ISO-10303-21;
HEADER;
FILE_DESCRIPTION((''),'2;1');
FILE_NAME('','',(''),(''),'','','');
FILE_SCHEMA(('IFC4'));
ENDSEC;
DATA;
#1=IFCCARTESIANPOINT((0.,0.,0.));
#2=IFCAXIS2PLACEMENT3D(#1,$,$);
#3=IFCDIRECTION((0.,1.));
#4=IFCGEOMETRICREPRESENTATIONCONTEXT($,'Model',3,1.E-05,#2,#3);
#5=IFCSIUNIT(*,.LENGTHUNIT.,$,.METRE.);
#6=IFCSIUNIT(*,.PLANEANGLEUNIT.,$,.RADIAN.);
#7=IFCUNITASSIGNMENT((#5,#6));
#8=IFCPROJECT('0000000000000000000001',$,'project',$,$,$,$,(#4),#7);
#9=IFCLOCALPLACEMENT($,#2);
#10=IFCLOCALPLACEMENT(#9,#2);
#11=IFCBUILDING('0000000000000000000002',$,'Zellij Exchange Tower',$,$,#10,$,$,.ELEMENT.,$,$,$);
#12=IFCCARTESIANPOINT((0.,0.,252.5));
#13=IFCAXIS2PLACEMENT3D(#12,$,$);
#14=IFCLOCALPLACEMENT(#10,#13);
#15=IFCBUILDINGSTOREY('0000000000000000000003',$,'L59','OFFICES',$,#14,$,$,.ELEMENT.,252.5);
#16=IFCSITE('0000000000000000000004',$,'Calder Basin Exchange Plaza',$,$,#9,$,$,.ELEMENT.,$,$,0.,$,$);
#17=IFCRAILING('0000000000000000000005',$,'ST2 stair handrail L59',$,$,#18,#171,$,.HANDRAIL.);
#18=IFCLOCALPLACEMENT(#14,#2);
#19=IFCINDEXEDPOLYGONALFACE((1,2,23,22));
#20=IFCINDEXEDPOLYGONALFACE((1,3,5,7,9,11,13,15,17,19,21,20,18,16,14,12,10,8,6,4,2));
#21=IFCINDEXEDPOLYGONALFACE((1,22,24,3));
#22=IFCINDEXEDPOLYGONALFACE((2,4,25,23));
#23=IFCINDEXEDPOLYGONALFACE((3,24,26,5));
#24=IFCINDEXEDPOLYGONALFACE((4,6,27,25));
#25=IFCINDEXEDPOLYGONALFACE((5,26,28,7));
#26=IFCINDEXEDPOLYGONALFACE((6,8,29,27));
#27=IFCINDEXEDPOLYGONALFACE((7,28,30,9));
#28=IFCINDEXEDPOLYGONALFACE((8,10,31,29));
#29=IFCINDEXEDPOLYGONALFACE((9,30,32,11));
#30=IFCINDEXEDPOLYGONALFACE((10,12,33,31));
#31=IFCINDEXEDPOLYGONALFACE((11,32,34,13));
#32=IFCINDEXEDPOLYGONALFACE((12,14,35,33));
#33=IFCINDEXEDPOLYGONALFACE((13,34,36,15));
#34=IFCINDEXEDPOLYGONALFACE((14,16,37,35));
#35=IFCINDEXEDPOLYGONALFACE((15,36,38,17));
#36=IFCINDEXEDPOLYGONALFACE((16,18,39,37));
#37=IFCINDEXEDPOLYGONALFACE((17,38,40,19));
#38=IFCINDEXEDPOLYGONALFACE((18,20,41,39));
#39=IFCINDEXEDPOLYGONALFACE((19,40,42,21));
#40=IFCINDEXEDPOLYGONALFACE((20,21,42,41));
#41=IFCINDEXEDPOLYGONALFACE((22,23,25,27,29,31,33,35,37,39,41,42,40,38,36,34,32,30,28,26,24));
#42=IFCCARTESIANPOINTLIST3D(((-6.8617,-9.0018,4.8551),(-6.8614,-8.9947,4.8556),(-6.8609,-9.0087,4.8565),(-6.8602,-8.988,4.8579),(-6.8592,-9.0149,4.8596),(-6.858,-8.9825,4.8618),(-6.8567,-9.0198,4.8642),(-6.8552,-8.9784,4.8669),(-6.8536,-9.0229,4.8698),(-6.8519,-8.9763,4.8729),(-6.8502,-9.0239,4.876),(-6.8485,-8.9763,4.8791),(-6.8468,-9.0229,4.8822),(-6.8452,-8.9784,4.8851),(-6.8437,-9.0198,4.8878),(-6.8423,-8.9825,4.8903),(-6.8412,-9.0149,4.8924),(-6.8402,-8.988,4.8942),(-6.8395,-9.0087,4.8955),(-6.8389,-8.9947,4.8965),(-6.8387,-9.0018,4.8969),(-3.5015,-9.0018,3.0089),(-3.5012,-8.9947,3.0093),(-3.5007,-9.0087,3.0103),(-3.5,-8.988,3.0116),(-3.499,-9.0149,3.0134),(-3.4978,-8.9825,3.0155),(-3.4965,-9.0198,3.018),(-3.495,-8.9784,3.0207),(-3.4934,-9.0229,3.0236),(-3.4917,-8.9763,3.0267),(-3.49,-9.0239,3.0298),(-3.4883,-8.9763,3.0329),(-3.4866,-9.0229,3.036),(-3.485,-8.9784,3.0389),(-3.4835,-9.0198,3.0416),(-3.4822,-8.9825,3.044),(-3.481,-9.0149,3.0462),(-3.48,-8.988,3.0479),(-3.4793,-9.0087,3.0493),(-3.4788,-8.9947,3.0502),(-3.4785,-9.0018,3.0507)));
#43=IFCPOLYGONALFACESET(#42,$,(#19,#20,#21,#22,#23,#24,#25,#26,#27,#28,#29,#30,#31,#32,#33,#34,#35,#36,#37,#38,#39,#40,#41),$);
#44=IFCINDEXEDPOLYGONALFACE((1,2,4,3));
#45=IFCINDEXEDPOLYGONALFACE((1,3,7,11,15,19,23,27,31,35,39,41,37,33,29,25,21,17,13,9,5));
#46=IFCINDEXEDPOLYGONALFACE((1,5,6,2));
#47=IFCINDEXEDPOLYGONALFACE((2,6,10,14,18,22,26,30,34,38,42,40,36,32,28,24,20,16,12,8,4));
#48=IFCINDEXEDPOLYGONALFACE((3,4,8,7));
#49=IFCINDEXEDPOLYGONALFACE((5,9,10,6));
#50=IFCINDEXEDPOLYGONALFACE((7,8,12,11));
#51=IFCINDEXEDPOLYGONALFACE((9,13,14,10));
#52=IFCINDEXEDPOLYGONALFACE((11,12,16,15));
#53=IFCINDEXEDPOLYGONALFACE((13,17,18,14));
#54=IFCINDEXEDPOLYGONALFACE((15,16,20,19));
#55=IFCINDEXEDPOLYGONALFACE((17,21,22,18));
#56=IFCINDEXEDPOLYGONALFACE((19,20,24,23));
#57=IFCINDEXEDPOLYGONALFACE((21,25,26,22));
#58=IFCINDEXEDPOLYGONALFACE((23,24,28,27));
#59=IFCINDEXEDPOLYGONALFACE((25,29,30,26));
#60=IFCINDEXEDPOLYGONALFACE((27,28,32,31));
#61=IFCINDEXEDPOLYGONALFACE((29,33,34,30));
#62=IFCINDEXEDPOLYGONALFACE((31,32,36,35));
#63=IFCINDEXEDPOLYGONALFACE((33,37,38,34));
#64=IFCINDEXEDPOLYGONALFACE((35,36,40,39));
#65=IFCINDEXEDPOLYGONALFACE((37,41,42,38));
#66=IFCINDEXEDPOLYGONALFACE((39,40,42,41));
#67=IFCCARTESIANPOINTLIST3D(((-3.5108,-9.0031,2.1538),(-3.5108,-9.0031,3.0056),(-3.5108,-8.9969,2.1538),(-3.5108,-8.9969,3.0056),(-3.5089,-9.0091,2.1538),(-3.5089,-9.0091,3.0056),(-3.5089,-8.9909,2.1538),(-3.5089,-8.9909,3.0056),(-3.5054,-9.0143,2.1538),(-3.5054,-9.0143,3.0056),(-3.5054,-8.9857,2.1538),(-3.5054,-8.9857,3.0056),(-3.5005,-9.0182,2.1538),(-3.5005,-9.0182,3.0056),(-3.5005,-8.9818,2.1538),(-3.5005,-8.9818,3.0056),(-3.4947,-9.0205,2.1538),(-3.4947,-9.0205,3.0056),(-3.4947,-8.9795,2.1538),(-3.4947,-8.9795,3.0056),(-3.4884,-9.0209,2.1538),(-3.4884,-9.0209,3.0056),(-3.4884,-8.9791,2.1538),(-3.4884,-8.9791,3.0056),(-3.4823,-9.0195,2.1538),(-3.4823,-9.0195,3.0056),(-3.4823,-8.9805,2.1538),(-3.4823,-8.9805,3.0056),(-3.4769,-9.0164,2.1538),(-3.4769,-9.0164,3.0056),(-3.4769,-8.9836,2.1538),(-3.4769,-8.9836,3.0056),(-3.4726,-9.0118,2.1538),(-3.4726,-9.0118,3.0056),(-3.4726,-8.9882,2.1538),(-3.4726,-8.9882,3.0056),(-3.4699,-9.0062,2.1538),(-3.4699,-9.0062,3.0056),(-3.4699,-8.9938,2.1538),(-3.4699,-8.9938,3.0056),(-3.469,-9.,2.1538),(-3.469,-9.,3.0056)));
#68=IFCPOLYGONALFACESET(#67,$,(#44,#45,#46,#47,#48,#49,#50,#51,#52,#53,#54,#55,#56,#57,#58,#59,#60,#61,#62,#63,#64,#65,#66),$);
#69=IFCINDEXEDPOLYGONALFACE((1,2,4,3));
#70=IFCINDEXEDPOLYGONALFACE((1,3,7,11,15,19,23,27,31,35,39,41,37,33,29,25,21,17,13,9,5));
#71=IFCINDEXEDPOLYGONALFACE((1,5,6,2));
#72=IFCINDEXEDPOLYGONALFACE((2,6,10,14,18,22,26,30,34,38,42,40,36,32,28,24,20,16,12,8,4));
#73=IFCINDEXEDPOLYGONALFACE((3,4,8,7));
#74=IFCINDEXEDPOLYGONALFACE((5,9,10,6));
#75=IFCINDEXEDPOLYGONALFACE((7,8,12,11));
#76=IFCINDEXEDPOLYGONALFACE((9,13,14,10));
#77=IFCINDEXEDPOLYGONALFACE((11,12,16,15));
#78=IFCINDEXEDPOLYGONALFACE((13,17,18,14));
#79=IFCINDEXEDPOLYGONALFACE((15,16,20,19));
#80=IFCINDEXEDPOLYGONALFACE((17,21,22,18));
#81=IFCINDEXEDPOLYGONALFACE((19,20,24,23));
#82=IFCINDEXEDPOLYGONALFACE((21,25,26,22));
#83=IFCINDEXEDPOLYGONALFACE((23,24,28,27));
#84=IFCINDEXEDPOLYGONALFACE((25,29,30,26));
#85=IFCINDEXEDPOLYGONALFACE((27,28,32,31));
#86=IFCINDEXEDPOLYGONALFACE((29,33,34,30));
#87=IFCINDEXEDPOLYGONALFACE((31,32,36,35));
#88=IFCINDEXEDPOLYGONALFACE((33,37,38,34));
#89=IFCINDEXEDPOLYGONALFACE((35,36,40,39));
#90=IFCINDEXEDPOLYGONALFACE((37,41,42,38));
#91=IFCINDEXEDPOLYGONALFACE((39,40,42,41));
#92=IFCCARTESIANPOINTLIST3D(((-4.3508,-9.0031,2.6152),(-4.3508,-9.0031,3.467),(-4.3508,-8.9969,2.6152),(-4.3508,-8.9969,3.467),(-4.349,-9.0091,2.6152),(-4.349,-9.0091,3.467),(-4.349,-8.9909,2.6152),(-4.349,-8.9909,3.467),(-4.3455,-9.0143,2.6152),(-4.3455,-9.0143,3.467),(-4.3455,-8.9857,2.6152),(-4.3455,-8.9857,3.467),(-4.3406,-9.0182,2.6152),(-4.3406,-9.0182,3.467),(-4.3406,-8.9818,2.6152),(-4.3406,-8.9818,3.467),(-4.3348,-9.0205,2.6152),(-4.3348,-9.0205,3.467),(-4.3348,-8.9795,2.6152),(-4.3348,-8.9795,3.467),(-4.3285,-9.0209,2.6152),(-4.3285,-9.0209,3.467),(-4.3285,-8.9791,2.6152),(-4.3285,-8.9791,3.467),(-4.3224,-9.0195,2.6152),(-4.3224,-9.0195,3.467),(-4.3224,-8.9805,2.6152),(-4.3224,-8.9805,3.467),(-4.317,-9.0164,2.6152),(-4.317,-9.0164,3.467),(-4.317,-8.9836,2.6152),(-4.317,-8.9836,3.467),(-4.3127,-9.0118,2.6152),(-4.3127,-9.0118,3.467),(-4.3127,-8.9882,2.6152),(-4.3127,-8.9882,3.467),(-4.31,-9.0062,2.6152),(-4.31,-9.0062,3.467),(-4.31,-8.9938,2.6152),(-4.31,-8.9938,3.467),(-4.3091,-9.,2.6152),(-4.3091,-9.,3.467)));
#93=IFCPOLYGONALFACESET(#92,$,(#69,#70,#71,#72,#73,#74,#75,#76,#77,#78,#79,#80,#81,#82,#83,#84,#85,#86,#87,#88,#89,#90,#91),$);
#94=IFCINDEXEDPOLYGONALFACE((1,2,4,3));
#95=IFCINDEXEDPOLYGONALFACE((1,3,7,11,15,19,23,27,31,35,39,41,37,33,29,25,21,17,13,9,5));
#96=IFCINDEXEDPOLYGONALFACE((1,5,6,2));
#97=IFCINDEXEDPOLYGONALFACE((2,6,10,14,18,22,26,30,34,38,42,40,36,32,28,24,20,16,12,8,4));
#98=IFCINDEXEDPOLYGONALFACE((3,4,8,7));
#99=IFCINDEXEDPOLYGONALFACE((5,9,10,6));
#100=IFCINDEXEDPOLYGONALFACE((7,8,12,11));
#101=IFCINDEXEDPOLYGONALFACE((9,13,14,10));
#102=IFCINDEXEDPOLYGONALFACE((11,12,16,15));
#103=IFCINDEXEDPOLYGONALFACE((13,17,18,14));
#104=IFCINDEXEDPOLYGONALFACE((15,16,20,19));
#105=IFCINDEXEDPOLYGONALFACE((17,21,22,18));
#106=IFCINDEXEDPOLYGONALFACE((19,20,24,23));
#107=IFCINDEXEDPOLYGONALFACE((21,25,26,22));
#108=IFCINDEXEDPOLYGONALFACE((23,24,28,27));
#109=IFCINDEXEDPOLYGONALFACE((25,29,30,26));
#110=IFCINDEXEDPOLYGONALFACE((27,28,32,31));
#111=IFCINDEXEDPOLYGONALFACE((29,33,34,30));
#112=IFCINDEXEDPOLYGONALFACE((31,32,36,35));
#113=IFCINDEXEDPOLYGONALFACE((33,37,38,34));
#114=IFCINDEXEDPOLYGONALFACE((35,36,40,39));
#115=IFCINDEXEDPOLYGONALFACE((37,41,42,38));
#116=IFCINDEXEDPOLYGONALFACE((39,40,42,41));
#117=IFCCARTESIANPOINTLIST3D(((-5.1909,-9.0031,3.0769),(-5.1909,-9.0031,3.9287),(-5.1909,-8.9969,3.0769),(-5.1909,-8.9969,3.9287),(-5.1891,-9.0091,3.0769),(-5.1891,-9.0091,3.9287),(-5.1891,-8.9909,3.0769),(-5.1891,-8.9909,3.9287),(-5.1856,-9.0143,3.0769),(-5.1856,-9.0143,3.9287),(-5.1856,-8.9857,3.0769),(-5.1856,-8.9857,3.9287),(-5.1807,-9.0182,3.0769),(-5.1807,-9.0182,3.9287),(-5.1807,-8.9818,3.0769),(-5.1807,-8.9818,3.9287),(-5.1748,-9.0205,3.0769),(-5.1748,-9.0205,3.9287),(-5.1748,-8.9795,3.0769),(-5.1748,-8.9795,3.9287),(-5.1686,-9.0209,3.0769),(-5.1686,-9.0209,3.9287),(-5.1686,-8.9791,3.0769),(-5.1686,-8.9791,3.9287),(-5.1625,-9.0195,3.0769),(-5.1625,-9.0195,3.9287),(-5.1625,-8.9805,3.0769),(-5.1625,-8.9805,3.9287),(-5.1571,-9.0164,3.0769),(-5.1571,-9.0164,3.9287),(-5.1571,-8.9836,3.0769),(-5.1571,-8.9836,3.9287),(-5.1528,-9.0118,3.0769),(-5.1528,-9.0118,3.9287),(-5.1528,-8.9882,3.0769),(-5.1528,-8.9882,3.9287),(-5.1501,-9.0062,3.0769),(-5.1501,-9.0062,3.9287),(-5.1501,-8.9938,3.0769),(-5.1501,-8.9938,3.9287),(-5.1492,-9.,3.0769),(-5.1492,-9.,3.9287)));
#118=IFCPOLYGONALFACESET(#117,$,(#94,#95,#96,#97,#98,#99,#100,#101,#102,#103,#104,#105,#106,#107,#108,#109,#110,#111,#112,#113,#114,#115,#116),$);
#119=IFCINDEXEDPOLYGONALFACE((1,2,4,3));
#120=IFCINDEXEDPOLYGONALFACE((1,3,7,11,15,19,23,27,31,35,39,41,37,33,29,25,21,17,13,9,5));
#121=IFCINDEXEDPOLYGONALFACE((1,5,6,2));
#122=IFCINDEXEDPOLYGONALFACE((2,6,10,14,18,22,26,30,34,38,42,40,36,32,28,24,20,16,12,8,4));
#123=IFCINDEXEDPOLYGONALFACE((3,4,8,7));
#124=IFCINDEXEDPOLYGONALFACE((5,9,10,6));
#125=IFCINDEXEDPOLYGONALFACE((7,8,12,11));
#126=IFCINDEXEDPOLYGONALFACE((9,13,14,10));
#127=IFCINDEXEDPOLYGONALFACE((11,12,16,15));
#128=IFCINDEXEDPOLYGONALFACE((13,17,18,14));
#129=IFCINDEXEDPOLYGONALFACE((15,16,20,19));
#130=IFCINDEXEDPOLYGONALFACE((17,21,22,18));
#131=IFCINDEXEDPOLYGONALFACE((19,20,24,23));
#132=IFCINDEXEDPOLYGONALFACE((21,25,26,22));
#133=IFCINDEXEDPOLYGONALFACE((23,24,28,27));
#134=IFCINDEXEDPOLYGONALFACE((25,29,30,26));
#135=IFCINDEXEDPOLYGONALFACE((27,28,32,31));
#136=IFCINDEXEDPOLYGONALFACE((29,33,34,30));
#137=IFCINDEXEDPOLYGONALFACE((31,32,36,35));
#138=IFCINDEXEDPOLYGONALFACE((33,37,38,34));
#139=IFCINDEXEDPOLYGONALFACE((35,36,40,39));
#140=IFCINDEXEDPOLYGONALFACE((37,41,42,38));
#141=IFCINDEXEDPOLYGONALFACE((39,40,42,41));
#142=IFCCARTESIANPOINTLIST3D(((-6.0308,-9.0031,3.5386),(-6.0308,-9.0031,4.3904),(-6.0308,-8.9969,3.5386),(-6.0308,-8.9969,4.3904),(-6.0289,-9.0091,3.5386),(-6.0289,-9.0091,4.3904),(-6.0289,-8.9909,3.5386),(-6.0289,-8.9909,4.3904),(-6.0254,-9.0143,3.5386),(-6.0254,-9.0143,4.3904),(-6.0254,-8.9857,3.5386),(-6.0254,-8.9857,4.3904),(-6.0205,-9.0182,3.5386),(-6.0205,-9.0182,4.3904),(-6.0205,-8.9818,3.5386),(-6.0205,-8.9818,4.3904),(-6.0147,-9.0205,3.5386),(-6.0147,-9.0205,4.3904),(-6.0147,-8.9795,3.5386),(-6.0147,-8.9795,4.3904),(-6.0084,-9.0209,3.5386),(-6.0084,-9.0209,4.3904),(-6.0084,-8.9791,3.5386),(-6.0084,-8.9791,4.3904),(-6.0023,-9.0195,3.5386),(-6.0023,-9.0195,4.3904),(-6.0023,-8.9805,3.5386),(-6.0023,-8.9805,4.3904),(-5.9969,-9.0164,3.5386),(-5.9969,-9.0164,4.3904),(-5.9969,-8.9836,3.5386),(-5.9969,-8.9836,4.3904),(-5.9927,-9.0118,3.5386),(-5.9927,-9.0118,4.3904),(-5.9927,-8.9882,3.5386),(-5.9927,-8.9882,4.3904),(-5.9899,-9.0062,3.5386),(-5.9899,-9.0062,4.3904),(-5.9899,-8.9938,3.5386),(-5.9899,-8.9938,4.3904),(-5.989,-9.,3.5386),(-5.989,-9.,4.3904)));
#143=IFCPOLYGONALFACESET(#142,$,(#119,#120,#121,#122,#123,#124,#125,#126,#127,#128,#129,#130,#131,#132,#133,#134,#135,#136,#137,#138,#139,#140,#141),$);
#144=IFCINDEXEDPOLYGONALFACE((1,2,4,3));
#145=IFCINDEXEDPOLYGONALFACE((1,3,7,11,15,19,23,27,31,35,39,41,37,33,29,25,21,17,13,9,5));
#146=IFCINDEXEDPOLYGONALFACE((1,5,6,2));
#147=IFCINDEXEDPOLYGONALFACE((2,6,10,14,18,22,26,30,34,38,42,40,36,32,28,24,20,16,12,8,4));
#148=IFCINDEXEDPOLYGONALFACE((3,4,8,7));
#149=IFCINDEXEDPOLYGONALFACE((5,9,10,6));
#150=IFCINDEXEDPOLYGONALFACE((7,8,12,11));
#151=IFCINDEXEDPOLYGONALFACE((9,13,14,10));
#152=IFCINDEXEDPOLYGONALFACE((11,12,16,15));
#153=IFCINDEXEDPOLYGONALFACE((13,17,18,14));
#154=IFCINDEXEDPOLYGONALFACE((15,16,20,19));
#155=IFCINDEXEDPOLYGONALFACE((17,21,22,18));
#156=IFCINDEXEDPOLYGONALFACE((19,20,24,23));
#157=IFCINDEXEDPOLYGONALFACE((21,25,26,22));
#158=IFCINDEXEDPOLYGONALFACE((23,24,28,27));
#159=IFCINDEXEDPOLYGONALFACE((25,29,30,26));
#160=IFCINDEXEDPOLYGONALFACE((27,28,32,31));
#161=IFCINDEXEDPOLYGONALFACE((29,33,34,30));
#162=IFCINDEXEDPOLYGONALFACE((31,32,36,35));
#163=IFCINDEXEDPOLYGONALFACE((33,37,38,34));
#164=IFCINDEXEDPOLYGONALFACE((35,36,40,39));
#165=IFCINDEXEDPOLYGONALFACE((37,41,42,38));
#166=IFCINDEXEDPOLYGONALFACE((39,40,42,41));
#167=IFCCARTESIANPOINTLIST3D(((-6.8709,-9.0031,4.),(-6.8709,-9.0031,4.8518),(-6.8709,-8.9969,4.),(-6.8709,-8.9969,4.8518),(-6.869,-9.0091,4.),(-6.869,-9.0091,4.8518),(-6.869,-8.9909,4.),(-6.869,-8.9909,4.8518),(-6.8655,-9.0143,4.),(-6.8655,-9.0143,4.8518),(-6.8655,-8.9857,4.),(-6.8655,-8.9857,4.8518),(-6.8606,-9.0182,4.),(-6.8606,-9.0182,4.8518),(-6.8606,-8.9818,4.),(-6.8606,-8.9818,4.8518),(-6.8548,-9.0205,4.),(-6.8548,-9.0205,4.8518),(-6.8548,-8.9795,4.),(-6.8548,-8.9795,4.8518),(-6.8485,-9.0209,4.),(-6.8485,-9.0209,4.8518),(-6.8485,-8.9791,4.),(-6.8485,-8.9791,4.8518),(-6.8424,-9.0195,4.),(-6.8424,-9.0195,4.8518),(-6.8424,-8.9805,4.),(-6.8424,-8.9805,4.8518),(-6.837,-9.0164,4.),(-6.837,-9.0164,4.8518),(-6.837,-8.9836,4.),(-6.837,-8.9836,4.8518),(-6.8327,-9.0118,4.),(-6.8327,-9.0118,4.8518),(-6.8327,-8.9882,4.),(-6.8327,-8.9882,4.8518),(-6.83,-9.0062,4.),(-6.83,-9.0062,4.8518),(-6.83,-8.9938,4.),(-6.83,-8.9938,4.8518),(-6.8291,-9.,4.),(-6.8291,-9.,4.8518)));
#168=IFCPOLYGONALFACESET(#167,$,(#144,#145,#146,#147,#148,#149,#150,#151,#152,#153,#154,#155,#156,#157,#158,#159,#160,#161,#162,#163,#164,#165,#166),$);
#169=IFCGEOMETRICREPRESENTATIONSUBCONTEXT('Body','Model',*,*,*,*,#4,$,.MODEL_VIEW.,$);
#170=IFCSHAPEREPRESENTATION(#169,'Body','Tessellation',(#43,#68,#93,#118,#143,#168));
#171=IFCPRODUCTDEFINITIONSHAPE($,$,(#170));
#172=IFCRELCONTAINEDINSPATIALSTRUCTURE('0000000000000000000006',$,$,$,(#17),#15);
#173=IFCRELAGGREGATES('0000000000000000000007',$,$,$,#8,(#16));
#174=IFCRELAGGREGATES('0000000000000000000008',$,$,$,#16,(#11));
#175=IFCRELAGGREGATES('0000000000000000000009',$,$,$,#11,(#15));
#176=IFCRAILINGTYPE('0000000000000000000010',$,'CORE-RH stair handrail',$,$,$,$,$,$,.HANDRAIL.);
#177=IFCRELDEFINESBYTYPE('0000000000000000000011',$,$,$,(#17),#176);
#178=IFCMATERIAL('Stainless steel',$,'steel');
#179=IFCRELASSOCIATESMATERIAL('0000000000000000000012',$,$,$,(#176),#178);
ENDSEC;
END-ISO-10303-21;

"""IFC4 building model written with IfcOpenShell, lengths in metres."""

from ifc_helpers import new_model, si_unit, direction, frame, origin, origin_2d, place, context, subcontext, project, spatial, circle, extrude, material, type_object, element, save


model = new_model("IFC4")

# Units and contexts
model_context = context("Model", 3, precision=1e-05, world=origin(), true_north=direction((0.0, 1.0)))
body_context = subcontext(model_context, "Body", "Model", "MODEL_VIEW")
ifc_project = project(units=[si_unit("LENGTHUNIT", "METRE"), si_unit("PLANEANGLEUNIT", "RADIAN")], contexts=[model_context])

# Site, building, storey
site_placement = place(None, origin())
site = spatial("IfcSite", under=ifc_project, at=site_placement, Name="Calder Basin Exchange Plaza", CompositionType="ELEMENT", RefElevation=0.0)
building_placement = place(site_placement, origin())
building = spatial("IfcBuilding", under=site, at=building_placement, Name="Zellij Exchange Tower", CompositionType="ELEMENT")
storey_placement = place(building_placement, frame((0.0, 0.0, 252.5)))
storey = spatial("IfcBuildingStorey", under=building, at=storey_placement, Name="L59", Description="OFFICES", CompositionType="ELEMENT", Elevation=252.5)

# Railing
ifc_material_1 = material(Name="Stainless steel", Category="steel")
railing_type_1 = type_object("IfcRailingType", Name="CORE-RH stair handrail", PredefinedType="HANDRAIL", material=ifc_material_1)
railing_1_placement = place(storey_placement, frame((-3.49, -9.0, 2.1538)))
element("IfcRailing", 1, at=railing_1_placement, inside=storey, type_object=railing_type_1, Name="ST2 stair handrail L59", PredefinedType="HANDRAIL", context=body_context, shape_type="SweptSolid", body=[
    extrude(circle(Radius=0.0239, at=origin_2d()), frame((0.0, 0.0, 0.876), z_axis=(-0.876422, 0.0, 0.481545), x_axis=(0.0, -1.0, 0.0)), (0.0, 0.0, 1.0), 3.834),
    extrude(circle(Radius=0.021, at=origin_2d()), origin(), (0.0, 0.0, 1.0), 0.8518),
    extrude(circle(Radius=0.021, at=origin_2d()), frame((-0.8401, 0.0, 0.4614)), (0.0, 0.0, 1.0), 0.8518),
    extrude(circle(Radius=0.021, at=origin_2d()), frame((-1.6802, 0.0, 0.9231)), (0.0, 0.0, 1.0), 0.8518),
    extrude(circle(Radius=0.021, at=origin_2d()), frame((-2.52, 0.0, 1.3848)), (0.0, 0.0, 1.0), 0.8518),
    extrude(circle(Radius=0.021, at=origin_2d()), frame((-3.3601, 0.0, 1.8462)), (0.0, 0.0, 1.0), 0.8518),
])

save(model, "model.ifc")
